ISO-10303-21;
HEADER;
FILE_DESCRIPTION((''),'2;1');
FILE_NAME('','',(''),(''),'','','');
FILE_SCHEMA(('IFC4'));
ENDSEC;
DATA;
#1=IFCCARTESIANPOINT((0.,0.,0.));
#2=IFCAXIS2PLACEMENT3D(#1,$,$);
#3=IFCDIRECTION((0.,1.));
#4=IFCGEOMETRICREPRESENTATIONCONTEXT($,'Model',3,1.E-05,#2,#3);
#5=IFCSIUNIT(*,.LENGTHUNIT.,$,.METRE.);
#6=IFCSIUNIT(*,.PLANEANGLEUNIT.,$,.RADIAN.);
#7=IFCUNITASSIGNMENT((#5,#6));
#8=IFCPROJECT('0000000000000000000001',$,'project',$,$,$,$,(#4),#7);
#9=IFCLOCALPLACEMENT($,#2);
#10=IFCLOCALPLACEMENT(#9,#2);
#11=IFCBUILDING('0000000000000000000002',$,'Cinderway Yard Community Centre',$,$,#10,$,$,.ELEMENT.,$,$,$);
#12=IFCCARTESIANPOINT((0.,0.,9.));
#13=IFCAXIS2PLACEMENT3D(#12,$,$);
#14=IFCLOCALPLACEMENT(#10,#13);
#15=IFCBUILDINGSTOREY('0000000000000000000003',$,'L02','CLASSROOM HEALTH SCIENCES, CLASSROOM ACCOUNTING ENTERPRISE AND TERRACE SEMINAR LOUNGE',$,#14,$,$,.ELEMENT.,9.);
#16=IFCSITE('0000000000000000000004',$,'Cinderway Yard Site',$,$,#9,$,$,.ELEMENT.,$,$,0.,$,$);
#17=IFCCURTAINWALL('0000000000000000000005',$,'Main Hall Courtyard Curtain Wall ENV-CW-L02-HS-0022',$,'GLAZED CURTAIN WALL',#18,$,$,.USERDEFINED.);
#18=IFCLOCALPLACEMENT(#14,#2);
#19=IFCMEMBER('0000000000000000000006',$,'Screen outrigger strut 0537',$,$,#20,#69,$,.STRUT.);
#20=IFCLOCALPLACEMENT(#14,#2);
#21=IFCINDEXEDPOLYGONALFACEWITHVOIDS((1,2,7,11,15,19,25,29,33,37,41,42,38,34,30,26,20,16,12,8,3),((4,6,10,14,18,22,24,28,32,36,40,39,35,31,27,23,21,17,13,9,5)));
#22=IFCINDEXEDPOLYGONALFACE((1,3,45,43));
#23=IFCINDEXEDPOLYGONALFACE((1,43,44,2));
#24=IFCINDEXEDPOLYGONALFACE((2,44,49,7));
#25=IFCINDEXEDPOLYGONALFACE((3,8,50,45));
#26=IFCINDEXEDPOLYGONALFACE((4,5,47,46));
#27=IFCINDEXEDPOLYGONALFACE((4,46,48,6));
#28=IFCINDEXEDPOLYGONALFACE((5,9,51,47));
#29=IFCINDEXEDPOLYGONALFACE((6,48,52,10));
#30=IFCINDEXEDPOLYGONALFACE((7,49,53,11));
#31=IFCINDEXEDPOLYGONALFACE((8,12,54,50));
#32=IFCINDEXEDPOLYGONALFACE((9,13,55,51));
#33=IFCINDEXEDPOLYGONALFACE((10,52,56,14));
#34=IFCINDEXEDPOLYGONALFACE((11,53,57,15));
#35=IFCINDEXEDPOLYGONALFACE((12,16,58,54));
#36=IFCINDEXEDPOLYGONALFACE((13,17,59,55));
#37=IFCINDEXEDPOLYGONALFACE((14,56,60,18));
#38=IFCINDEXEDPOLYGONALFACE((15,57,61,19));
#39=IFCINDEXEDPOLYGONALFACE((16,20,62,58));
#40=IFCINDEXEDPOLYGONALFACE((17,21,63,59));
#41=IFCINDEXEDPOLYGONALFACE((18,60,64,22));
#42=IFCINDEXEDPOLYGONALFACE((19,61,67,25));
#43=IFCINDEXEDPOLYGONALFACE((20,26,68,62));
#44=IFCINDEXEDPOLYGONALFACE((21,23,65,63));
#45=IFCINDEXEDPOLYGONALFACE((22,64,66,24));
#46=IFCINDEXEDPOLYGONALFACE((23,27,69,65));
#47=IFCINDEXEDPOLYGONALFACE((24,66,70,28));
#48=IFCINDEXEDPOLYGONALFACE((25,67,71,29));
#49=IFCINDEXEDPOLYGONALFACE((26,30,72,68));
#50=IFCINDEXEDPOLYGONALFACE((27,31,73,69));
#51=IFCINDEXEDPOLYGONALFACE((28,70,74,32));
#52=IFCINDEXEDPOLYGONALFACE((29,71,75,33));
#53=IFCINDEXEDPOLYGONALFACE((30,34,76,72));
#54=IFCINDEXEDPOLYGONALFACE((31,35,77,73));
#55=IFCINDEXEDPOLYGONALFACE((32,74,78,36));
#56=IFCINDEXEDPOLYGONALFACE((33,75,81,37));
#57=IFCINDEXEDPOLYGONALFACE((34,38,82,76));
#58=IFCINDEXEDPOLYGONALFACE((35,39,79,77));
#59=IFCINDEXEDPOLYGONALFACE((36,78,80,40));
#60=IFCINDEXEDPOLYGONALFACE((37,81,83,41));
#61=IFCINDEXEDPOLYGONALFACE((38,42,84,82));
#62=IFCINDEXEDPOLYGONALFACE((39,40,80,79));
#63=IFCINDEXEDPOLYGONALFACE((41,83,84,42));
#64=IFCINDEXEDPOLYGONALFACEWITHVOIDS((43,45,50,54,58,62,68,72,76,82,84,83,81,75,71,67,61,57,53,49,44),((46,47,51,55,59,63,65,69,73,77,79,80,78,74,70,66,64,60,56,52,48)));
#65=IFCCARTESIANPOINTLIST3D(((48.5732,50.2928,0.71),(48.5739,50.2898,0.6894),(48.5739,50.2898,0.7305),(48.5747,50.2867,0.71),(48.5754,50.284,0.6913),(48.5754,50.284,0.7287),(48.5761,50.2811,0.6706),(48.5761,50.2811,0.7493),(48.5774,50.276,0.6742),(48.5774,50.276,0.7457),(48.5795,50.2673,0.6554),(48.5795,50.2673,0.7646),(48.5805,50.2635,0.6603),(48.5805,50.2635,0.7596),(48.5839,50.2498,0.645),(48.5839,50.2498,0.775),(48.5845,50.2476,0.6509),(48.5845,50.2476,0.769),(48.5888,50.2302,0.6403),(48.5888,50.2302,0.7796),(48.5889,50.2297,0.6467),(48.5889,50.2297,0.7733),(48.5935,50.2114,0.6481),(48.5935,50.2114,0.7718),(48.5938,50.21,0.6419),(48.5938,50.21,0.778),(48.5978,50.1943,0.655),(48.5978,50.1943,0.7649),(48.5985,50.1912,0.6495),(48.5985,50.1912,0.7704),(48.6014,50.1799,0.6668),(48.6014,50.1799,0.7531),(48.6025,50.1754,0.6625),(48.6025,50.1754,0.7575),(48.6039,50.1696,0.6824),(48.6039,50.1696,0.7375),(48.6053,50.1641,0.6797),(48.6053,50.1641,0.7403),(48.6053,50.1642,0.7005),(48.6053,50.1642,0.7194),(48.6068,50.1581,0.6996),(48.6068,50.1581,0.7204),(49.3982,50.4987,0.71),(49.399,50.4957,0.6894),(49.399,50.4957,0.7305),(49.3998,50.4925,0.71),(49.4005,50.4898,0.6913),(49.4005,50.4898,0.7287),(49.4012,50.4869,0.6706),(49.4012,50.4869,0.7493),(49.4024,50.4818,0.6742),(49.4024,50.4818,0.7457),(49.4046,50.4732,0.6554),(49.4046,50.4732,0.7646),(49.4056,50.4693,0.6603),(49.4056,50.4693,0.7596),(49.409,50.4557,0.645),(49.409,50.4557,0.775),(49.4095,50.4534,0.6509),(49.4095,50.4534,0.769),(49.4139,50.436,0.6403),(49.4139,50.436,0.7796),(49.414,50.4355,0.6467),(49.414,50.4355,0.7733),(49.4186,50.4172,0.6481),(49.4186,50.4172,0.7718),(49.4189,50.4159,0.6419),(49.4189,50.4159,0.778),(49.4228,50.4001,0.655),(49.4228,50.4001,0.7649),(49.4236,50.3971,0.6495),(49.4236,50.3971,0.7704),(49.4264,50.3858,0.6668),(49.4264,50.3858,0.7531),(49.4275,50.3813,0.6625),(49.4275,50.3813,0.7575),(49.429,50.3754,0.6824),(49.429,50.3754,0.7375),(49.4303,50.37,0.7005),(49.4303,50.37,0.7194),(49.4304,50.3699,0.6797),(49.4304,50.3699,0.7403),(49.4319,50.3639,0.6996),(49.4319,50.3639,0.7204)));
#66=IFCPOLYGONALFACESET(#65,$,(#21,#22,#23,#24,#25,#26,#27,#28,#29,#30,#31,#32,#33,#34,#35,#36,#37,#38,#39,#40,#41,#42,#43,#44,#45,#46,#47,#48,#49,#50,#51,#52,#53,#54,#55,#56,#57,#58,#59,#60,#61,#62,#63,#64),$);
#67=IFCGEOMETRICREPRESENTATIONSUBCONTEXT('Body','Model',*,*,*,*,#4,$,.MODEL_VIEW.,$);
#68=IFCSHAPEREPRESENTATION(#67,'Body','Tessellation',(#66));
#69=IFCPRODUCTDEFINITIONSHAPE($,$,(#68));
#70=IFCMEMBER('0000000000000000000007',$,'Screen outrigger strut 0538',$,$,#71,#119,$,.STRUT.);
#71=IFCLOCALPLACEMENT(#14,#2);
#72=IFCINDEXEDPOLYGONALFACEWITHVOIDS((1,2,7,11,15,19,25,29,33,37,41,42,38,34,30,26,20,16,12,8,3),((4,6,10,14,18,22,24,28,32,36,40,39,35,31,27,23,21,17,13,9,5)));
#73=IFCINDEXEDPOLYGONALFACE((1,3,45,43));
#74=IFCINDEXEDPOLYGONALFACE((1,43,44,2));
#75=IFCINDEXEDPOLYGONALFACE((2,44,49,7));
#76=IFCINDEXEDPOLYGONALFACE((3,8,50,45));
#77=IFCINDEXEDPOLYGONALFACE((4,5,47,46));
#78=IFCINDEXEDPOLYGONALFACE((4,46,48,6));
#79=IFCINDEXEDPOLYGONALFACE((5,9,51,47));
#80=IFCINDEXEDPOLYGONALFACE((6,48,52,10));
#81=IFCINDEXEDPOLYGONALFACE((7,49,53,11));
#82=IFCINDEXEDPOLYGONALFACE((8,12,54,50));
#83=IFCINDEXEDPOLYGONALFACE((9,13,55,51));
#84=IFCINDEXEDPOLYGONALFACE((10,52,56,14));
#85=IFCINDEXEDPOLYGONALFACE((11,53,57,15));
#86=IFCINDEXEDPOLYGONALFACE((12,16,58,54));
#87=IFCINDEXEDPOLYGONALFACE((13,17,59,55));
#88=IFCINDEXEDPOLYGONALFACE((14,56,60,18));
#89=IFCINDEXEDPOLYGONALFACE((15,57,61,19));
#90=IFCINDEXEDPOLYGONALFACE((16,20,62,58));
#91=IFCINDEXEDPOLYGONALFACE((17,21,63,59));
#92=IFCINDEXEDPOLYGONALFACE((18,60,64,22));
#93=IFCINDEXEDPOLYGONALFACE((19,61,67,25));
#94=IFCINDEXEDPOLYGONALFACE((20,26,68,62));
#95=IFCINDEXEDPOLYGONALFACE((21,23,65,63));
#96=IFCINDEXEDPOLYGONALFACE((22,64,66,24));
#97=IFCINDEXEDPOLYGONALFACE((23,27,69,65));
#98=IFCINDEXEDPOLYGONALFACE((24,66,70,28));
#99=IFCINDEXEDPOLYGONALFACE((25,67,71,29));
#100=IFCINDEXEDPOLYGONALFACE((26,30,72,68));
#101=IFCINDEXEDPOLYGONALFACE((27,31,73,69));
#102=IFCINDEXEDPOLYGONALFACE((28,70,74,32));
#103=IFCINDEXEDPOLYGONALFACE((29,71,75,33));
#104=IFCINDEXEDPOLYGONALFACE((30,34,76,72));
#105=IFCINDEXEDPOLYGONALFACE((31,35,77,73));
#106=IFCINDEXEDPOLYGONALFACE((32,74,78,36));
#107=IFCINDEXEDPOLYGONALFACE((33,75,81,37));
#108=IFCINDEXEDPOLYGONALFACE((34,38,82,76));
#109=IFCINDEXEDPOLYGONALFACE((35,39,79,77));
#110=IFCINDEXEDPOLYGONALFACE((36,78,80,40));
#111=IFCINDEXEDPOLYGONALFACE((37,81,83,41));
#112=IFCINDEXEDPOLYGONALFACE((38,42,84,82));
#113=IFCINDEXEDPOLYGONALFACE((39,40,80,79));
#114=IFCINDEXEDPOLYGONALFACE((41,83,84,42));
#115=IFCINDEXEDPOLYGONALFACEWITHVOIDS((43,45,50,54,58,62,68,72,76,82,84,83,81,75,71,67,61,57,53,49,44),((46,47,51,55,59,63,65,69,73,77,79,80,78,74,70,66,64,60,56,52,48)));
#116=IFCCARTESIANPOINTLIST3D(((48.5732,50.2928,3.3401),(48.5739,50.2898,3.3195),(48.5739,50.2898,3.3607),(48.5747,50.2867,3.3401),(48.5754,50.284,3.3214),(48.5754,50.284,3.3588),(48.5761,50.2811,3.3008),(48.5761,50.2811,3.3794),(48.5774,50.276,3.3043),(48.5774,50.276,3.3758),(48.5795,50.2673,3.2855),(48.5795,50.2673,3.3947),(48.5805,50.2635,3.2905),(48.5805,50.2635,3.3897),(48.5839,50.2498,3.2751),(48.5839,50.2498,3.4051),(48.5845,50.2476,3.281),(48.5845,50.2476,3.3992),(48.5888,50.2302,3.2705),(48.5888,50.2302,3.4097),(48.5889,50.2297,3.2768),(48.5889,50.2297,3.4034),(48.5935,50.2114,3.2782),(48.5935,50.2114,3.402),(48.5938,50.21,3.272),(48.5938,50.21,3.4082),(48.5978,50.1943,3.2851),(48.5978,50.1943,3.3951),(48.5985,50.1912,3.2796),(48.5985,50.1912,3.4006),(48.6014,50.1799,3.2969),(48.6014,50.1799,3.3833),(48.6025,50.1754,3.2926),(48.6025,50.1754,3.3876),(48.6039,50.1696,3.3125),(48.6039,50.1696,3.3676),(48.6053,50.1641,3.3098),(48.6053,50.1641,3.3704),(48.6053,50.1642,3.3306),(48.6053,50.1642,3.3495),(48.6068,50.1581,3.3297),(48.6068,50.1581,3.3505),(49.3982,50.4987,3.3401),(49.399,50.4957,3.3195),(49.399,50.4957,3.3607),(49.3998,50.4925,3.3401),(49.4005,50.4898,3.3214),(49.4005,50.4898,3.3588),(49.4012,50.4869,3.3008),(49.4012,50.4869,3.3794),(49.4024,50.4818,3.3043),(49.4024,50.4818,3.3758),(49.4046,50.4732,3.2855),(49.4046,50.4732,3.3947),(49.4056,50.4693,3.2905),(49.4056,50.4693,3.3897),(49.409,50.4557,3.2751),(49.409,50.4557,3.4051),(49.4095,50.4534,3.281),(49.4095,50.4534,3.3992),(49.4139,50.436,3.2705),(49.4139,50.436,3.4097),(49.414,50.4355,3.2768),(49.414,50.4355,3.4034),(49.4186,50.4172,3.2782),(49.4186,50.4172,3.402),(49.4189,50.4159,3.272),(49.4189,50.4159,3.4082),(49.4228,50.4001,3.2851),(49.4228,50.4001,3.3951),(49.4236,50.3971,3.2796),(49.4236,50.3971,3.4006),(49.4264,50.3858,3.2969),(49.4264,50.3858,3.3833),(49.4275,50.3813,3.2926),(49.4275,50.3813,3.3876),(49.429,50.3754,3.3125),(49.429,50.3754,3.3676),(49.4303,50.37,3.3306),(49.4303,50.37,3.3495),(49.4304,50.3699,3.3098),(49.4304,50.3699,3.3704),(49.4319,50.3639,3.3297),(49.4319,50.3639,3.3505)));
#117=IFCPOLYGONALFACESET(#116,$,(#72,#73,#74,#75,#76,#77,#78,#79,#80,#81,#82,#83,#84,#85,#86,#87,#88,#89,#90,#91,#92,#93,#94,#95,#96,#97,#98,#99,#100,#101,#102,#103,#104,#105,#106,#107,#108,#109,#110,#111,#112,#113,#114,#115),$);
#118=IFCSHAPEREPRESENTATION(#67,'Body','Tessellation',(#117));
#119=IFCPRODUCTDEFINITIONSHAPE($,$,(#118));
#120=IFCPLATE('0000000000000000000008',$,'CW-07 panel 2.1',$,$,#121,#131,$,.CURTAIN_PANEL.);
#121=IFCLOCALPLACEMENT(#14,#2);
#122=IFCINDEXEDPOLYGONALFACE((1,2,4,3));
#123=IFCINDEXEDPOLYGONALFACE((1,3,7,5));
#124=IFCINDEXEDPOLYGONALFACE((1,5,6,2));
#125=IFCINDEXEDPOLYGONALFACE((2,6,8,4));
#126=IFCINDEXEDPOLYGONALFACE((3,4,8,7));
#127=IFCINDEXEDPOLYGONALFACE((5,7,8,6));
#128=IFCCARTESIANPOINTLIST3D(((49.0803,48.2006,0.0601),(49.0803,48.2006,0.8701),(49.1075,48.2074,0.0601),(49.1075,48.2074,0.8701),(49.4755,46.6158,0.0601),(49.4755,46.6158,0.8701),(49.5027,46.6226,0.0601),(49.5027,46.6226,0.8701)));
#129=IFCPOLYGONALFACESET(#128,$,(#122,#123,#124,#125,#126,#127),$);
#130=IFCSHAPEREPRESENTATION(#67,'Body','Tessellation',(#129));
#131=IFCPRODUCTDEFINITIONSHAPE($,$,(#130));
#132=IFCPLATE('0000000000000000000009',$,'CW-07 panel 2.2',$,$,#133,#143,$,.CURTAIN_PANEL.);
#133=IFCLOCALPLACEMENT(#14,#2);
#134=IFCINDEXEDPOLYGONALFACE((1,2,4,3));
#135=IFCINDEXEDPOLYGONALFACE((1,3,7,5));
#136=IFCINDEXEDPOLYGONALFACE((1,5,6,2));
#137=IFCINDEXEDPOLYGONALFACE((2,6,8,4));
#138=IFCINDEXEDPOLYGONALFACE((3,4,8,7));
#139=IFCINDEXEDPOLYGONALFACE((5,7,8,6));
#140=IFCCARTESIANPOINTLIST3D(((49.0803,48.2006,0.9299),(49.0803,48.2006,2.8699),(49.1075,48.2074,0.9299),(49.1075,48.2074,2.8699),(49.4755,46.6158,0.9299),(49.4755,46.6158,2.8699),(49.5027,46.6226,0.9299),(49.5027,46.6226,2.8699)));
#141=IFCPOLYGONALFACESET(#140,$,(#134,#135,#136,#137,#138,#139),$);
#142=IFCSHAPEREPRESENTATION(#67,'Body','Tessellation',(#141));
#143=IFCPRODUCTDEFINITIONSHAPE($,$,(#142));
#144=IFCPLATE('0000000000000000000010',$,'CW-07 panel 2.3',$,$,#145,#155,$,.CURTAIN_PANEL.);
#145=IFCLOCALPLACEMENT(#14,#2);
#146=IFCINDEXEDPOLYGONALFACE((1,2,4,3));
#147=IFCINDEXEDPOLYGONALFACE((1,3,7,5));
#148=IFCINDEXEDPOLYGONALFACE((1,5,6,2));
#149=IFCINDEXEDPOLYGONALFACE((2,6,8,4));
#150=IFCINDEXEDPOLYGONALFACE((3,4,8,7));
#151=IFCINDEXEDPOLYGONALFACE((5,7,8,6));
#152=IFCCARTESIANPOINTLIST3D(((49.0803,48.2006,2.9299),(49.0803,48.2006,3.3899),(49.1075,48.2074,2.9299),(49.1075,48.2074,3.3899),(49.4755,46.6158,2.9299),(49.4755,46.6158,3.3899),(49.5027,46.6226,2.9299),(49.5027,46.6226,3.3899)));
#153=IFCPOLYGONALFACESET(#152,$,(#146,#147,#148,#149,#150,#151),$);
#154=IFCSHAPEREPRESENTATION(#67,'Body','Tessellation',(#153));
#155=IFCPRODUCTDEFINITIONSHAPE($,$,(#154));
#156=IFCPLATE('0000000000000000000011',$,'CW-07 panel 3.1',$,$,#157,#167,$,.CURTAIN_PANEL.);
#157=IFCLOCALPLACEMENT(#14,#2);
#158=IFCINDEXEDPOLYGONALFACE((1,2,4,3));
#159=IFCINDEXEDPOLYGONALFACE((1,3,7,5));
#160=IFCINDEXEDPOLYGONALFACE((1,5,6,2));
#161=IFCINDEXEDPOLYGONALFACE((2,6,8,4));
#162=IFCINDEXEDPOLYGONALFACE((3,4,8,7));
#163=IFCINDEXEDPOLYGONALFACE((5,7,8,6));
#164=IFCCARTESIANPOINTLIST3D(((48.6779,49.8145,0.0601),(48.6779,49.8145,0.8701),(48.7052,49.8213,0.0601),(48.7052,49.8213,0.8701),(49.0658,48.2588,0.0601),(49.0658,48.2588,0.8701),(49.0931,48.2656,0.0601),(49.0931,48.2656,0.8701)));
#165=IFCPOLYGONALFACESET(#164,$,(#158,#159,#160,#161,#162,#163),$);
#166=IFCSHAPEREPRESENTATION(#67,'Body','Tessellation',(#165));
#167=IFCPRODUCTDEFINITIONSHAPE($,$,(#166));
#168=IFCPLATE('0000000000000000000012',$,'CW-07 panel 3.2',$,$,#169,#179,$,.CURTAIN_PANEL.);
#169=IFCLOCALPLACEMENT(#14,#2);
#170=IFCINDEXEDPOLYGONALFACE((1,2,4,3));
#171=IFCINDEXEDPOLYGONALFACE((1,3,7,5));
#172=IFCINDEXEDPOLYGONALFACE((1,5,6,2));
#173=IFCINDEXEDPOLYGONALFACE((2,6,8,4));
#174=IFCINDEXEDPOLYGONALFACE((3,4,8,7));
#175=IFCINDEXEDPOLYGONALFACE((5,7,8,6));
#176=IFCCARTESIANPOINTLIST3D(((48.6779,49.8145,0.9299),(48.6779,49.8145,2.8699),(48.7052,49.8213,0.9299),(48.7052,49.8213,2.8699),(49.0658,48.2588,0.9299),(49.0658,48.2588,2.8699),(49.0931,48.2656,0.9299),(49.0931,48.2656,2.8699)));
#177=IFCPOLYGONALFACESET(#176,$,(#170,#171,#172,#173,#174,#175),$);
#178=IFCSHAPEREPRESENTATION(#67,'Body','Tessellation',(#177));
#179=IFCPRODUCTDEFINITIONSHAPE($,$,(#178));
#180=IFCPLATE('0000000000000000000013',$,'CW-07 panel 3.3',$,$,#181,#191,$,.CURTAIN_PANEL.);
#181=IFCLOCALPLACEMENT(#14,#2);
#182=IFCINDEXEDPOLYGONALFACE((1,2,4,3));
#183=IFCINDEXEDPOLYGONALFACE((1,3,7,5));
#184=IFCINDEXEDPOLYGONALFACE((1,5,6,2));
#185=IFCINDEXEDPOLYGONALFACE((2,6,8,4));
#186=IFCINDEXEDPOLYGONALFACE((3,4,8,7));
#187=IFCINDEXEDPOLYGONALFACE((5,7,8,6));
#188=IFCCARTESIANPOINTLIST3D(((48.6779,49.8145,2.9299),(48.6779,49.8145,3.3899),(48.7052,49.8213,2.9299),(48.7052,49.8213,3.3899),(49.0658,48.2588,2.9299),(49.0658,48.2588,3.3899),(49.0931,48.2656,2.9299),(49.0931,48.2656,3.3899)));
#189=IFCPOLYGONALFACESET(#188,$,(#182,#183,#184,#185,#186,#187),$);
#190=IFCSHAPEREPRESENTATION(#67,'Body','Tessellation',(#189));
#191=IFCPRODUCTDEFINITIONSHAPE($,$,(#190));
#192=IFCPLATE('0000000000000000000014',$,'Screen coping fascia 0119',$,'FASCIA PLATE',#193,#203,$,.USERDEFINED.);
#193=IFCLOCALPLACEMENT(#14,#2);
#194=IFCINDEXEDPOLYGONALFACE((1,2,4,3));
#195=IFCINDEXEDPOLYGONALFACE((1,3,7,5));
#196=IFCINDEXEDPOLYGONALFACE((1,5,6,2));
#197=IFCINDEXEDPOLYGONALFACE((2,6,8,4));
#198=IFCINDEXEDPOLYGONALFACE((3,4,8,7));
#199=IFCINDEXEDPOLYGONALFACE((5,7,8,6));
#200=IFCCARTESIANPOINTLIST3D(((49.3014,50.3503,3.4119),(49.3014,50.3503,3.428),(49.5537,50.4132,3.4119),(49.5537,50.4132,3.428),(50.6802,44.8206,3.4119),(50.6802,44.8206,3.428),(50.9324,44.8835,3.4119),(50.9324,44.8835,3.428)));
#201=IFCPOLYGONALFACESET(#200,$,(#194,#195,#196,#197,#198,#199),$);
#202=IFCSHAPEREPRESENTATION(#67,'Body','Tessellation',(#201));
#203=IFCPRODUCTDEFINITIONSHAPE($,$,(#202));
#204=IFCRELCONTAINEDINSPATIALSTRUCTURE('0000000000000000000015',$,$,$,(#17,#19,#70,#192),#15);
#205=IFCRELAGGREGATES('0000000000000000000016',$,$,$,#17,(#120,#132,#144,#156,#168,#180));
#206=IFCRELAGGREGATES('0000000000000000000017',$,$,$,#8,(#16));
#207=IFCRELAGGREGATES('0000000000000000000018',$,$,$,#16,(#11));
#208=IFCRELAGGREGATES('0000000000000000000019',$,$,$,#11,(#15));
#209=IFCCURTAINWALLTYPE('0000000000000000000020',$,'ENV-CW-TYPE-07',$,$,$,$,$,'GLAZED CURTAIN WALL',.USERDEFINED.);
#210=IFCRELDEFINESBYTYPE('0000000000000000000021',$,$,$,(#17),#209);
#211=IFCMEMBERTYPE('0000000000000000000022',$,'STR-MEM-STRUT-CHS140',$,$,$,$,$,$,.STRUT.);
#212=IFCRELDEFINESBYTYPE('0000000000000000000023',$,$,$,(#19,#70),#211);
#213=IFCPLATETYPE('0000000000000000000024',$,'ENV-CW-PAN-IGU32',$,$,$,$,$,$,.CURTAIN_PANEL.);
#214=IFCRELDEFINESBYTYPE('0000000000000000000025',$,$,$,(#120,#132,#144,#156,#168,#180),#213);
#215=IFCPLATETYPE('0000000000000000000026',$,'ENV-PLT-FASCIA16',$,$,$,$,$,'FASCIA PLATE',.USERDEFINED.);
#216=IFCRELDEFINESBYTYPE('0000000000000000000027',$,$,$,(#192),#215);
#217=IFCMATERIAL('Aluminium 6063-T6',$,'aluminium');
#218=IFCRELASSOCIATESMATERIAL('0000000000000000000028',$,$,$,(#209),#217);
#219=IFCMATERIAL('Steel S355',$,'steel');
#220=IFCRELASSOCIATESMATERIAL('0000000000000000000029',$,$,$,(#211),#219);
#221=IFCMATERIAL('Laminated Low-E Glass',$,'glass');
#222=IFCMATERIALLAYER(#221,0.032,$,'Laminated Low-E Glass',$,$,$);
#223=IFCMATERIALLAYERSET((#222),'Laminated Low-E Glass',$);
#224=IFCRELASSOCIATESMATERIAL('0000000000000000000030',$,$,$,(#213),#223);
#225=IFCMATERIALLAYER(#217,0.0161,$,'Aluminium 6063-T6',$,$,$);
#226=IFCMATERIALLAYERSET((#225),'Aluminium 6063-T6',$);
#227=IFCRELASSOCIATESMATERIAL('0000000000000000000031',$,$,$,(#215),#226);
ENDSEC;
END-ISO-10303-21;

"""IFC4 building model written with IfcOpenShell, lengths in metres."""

from ifc_helpers import new_model, si_unit, direction, frame, origin, origin_2d, place, context, subcontext, project, spatial, rectangle, hollow_circle, extrude, material, layer, layer_set, material_profile, profile_set, type_object, element, aggregate, save


model = new_model("IFC4")

# Units and contexts
model_context = context("Model", 3, precision=1e-05, world=origin(), true_north=direction((0.0, 1.0)))
body_context = subcontext(model_context, "Body", "Model", "MODEL_VIEW")
ifc_project = project(units=[si_unit("LENGTHUNIT", "METRE"), si_unit("PLANEANGLEUNIT", "RADIAN")], contexts=[model_context])

# Site, building, storey
site_placement = place(None, origin())
site = spatial("IfcSite", under=ifc_project, at=site_placement, Name="Cinderway Yard Site", CompositionType="ELEMENT", RefElevation=0.0)
building_placement = place(site_placement, origin())
building = spatial("IfcBuilding", under=site, at=building_placement, Name="Cinderway Yard Community Centre", CompositionType="ELEMENT")
storey_placement = place(building_placement, frame((0.0, 0.0, 9.0)))
storey = spatial("IfcBuildingStorey", under=building, at=storey_placement, Name="L02", Description="CLASSROOM HEALTH SCIENCES, CLASSROOM ACCOUNTING ENTERPRISE AND TERRACE SEMINAR LOUNGE", CompositionType="ELEMENT", Elevation=9.0)

# Curtain wall
ifc_material_1 = material(Name="Aluminium 6063-T6", Category="aluminium")
curtain_wall_type = type_object("IfcCurtainWallType", Name="ENV-CW-TYPE-07", ElementType="GLAZED CURTAIN WALL", PredefinedType="USERDEFINED", material=ifc_material_1)
curtain_wall_placement = place(storey_placement, origin())
curtain_wall = element("IfcCurtainWall", 1, at=curtain_wall_placement, inside=storey, type_object=curtain_wall_type, Name="Main Hall Courtyard Curtain Wall ENV-CW-L02-HS-0022", ObjectType="GLAZED CURTAIN WALL", PredefinedType="USERDEFINED")

# Shared definitions
ifc_material_2 = material(Name="Steel S355", Category="steel")

# Members
ifc_material_profile_1 = material_profile(ifc_material_2, hollow_circle(Radius=0.0698, WallThickness=0.0063, at=origin_2d()), Name="Steel S355")
ifc_profile_set_1 = profile_set([ifc_material_profile_1], Name="Steel S355")
member_type_1 = type_object("IfcMemberType", Name="STR-MEM-STRUT-CHS140", PredefinedType="STRUT", material=ifc_profile_set_1)
for number, where, z_axis, x_axis, name in (
    (2, (48.5901, 50.2251, 0.71), (0.970261, 0.242063, 0.0), (-0.242063, 0.970261, 0.0), "Screen outrigger strut 0537"),
    (3, (48.5901, 50.2251, 3.3401), (0.970261, 0.242063, 0.0), (-0.242063, 0.970261, 0.0), "Screen outrigger strut 0538"),
):
    element("IfcMember", number, at=place(storey_placement, frame(where, z_axis=z_axis, x_axis=x_axis)), inside=storey, type_object=member_type_1, Name=name, PredefinedType="STRUT", context=body_context, shape_type="SweptSolid", body=[
        extrude(hollow_circle(Radius=0.0698, WallThickness=0.0063, at=origin_2d()), origin(), (0.0, 0.0, 1.0), 0.8503),
    ])

# Plates
ifc_material_3 = material(Name="Laminated Low-E Glass", Category="glass")
ifc_layer_1 = layer(ifc_material_3, 0.032, Name="Laminated Low-E Glass")
ifc_layer_set_1 = layer_set([ifc_layer_1], Name="Laminated Low-E Glass")
plate_type_1 = type_object("IfcPlateType", Name="ENV-CW-PAN-IGU32", PredefinedType="CURTAIN_PANEL", material=ifc_layer_set_1)
plate_1_placement = place(storey_placement, frame((49.2915, 47.4116, 0.0601), z_axis=(0.0, 0.0, 1.0), x_axis=(-0.241933, 0.970293, 0.0)))
plate_1 = element("IfcPlate", 4, at=plate_1_placement, type_object=plate_type_1, Name="CW-07 panel 2.1", PredefinedType="CURTAIN_PANEL", context=body_context, shape_type="SweptSolid", body=[
    extrude(rectangle(XDim=1.6333, YDim=0.0281, at=origin_2d()), origin(), (0.0, 0.0, 1.0), 0.8101),
])
plate_2_placement = place(storey_placement, frame((49.2915, 47.4116, 0.9299), z_axis=(0.0, 0.0, 1.0), x_axis=(-0.241933, 0.970293, 0.0)))
plate_2 = element("IfcPlate", 5, at=plate_2_placement, type_object=plate_type_1, Name="CW-07 panel 2.2", PredefinedType="CURTAIN_PANEL", context=body_context, shape_type="SweptSolid", body=[
    extrude(rectangle(XDim=1.6333, YDim=0.0281, at=origin_2d()), origin(), (0.0, 0.0, 1.0), 1.9399),
])
plate_3_placement = place(storey_placement, frame((49.2915, 47.4116, 2.9299), z_axis=(0.0, 0.0, 1.0), x_axis=(-0.241933, 0.970293, 0.0)))
plate_3 = element("IfcPlate", 6, at=plate_3_placement, type_object=plate_type_1, Name="CW-07 panel 2.3", PredefinedType="CURTAIN_PANEL", context=body_context, shape_type="SweptSolid", body=[
    extrude(rectangle(XDim=1.6333, YDim=0.0281, at=origin_2d()), origin(), (0.0, 0.0, 1.0), 0.46),
])
plate_4_placement = place(storey_placement, frame((48.8855, 49.04, 0.0601), z_axis=(0.0, 0.0, 1.0), x_axis=(-0.241933, 0.970293, 0.0)))
plate_4 = element("IfcPlate", 7, at=plate_4_placement, type_object=plate_type_1, Name="CW-07 panel 3.1", PredefinedType="CURTAIN_PANEL", context=body_context, shape_type="SweptSolid", body=[
    extrude(rectangle(XDim=1.6033, YDim=0.0281, at=origin_2d()), origin(), (0.0, 0.0, 1.0), 0.8101),
])
plate_5_placement = place(storey_placement, frame((48.8855, 49.04, 0.9299), z_axis=(0.0, 0.0, 1.0), x_axis=(-0.241933, 0.970293, 0.0)))
plate_5 = element("IfcPlate", 8, at=plate_5_placement, type_object=plate_type_1, Name="CW-07 panel 3.2", PredefinedType="CURTAIN_PANEL", context=body_context, shape_type="SweptSolid", body=[
    extrude(rectangle(XDim=1.6033, YDim=0.0281, at=origin_2d()), origin(), (0.0, 0.0, 1.0), 1.9399),
])
plate_6_placement = place(storey_placement, frame((48.8855, 49.04, 2.9299), z_axis=(0.0, 0.0, 1.0), x_axis=(-0.241933, 0.970293, 0.0)))
plate_6 = element("IfcPlate", 9, at=plate_6_placement, type_object=plate_type_1, Name="CW-07 panel 3.3", PredefinedType="CURTAIN_PANEL", context=body_context, shape_type="SweptSolid", body=[
    extrude(rectangle(XDim=1.6033, YDim=0.0281, at=origin_2d()), origin(), (0.0, 0.0, 1.0), 0.46),
])
aggregate(curtain_wall, [plate_1, plate_2, plate_3, plate_4, plate_5, plate_6])
ifc_layer_2 = layer(ifc_material_1, 0.0161, Name="Aluminium 6063-T6")
ifc_layer_set_2 = layer_set([ifc_layer_2], Name="Aluminium 6063-T6")
plate_type_2 = type_object("IfcPlateType", Name="ENV-PLT-FASCIA16", ElementType="FASCIA PLATE", PredefinedType="USERDEFINED", material=ifc_layer_set_2)
plate_7_placement = place(storey_placement, frame((50.1169, 47.6169, 3.4119), z_axis=(0.0, 0.0, 1.0), x_axis=(0.241922, -0.970296, 0.0)))
element("IfcPlate", 10, at=plate_7_placement, inside=storey, type_object=plate_type_2, Name="Screen coping fascia 0119", ObjectType="FASCIA PLATE", PredefinedType="USERDEFINED", context=body_context, shape_type="SweptSolid", body=[
    extrude(rectangle(XDim=5.699, YDim=0.26, at=origin_2d()), origin(), (0.0, 0.0, 1.0), 0.0161),
])

save(model, "model.ifc")
